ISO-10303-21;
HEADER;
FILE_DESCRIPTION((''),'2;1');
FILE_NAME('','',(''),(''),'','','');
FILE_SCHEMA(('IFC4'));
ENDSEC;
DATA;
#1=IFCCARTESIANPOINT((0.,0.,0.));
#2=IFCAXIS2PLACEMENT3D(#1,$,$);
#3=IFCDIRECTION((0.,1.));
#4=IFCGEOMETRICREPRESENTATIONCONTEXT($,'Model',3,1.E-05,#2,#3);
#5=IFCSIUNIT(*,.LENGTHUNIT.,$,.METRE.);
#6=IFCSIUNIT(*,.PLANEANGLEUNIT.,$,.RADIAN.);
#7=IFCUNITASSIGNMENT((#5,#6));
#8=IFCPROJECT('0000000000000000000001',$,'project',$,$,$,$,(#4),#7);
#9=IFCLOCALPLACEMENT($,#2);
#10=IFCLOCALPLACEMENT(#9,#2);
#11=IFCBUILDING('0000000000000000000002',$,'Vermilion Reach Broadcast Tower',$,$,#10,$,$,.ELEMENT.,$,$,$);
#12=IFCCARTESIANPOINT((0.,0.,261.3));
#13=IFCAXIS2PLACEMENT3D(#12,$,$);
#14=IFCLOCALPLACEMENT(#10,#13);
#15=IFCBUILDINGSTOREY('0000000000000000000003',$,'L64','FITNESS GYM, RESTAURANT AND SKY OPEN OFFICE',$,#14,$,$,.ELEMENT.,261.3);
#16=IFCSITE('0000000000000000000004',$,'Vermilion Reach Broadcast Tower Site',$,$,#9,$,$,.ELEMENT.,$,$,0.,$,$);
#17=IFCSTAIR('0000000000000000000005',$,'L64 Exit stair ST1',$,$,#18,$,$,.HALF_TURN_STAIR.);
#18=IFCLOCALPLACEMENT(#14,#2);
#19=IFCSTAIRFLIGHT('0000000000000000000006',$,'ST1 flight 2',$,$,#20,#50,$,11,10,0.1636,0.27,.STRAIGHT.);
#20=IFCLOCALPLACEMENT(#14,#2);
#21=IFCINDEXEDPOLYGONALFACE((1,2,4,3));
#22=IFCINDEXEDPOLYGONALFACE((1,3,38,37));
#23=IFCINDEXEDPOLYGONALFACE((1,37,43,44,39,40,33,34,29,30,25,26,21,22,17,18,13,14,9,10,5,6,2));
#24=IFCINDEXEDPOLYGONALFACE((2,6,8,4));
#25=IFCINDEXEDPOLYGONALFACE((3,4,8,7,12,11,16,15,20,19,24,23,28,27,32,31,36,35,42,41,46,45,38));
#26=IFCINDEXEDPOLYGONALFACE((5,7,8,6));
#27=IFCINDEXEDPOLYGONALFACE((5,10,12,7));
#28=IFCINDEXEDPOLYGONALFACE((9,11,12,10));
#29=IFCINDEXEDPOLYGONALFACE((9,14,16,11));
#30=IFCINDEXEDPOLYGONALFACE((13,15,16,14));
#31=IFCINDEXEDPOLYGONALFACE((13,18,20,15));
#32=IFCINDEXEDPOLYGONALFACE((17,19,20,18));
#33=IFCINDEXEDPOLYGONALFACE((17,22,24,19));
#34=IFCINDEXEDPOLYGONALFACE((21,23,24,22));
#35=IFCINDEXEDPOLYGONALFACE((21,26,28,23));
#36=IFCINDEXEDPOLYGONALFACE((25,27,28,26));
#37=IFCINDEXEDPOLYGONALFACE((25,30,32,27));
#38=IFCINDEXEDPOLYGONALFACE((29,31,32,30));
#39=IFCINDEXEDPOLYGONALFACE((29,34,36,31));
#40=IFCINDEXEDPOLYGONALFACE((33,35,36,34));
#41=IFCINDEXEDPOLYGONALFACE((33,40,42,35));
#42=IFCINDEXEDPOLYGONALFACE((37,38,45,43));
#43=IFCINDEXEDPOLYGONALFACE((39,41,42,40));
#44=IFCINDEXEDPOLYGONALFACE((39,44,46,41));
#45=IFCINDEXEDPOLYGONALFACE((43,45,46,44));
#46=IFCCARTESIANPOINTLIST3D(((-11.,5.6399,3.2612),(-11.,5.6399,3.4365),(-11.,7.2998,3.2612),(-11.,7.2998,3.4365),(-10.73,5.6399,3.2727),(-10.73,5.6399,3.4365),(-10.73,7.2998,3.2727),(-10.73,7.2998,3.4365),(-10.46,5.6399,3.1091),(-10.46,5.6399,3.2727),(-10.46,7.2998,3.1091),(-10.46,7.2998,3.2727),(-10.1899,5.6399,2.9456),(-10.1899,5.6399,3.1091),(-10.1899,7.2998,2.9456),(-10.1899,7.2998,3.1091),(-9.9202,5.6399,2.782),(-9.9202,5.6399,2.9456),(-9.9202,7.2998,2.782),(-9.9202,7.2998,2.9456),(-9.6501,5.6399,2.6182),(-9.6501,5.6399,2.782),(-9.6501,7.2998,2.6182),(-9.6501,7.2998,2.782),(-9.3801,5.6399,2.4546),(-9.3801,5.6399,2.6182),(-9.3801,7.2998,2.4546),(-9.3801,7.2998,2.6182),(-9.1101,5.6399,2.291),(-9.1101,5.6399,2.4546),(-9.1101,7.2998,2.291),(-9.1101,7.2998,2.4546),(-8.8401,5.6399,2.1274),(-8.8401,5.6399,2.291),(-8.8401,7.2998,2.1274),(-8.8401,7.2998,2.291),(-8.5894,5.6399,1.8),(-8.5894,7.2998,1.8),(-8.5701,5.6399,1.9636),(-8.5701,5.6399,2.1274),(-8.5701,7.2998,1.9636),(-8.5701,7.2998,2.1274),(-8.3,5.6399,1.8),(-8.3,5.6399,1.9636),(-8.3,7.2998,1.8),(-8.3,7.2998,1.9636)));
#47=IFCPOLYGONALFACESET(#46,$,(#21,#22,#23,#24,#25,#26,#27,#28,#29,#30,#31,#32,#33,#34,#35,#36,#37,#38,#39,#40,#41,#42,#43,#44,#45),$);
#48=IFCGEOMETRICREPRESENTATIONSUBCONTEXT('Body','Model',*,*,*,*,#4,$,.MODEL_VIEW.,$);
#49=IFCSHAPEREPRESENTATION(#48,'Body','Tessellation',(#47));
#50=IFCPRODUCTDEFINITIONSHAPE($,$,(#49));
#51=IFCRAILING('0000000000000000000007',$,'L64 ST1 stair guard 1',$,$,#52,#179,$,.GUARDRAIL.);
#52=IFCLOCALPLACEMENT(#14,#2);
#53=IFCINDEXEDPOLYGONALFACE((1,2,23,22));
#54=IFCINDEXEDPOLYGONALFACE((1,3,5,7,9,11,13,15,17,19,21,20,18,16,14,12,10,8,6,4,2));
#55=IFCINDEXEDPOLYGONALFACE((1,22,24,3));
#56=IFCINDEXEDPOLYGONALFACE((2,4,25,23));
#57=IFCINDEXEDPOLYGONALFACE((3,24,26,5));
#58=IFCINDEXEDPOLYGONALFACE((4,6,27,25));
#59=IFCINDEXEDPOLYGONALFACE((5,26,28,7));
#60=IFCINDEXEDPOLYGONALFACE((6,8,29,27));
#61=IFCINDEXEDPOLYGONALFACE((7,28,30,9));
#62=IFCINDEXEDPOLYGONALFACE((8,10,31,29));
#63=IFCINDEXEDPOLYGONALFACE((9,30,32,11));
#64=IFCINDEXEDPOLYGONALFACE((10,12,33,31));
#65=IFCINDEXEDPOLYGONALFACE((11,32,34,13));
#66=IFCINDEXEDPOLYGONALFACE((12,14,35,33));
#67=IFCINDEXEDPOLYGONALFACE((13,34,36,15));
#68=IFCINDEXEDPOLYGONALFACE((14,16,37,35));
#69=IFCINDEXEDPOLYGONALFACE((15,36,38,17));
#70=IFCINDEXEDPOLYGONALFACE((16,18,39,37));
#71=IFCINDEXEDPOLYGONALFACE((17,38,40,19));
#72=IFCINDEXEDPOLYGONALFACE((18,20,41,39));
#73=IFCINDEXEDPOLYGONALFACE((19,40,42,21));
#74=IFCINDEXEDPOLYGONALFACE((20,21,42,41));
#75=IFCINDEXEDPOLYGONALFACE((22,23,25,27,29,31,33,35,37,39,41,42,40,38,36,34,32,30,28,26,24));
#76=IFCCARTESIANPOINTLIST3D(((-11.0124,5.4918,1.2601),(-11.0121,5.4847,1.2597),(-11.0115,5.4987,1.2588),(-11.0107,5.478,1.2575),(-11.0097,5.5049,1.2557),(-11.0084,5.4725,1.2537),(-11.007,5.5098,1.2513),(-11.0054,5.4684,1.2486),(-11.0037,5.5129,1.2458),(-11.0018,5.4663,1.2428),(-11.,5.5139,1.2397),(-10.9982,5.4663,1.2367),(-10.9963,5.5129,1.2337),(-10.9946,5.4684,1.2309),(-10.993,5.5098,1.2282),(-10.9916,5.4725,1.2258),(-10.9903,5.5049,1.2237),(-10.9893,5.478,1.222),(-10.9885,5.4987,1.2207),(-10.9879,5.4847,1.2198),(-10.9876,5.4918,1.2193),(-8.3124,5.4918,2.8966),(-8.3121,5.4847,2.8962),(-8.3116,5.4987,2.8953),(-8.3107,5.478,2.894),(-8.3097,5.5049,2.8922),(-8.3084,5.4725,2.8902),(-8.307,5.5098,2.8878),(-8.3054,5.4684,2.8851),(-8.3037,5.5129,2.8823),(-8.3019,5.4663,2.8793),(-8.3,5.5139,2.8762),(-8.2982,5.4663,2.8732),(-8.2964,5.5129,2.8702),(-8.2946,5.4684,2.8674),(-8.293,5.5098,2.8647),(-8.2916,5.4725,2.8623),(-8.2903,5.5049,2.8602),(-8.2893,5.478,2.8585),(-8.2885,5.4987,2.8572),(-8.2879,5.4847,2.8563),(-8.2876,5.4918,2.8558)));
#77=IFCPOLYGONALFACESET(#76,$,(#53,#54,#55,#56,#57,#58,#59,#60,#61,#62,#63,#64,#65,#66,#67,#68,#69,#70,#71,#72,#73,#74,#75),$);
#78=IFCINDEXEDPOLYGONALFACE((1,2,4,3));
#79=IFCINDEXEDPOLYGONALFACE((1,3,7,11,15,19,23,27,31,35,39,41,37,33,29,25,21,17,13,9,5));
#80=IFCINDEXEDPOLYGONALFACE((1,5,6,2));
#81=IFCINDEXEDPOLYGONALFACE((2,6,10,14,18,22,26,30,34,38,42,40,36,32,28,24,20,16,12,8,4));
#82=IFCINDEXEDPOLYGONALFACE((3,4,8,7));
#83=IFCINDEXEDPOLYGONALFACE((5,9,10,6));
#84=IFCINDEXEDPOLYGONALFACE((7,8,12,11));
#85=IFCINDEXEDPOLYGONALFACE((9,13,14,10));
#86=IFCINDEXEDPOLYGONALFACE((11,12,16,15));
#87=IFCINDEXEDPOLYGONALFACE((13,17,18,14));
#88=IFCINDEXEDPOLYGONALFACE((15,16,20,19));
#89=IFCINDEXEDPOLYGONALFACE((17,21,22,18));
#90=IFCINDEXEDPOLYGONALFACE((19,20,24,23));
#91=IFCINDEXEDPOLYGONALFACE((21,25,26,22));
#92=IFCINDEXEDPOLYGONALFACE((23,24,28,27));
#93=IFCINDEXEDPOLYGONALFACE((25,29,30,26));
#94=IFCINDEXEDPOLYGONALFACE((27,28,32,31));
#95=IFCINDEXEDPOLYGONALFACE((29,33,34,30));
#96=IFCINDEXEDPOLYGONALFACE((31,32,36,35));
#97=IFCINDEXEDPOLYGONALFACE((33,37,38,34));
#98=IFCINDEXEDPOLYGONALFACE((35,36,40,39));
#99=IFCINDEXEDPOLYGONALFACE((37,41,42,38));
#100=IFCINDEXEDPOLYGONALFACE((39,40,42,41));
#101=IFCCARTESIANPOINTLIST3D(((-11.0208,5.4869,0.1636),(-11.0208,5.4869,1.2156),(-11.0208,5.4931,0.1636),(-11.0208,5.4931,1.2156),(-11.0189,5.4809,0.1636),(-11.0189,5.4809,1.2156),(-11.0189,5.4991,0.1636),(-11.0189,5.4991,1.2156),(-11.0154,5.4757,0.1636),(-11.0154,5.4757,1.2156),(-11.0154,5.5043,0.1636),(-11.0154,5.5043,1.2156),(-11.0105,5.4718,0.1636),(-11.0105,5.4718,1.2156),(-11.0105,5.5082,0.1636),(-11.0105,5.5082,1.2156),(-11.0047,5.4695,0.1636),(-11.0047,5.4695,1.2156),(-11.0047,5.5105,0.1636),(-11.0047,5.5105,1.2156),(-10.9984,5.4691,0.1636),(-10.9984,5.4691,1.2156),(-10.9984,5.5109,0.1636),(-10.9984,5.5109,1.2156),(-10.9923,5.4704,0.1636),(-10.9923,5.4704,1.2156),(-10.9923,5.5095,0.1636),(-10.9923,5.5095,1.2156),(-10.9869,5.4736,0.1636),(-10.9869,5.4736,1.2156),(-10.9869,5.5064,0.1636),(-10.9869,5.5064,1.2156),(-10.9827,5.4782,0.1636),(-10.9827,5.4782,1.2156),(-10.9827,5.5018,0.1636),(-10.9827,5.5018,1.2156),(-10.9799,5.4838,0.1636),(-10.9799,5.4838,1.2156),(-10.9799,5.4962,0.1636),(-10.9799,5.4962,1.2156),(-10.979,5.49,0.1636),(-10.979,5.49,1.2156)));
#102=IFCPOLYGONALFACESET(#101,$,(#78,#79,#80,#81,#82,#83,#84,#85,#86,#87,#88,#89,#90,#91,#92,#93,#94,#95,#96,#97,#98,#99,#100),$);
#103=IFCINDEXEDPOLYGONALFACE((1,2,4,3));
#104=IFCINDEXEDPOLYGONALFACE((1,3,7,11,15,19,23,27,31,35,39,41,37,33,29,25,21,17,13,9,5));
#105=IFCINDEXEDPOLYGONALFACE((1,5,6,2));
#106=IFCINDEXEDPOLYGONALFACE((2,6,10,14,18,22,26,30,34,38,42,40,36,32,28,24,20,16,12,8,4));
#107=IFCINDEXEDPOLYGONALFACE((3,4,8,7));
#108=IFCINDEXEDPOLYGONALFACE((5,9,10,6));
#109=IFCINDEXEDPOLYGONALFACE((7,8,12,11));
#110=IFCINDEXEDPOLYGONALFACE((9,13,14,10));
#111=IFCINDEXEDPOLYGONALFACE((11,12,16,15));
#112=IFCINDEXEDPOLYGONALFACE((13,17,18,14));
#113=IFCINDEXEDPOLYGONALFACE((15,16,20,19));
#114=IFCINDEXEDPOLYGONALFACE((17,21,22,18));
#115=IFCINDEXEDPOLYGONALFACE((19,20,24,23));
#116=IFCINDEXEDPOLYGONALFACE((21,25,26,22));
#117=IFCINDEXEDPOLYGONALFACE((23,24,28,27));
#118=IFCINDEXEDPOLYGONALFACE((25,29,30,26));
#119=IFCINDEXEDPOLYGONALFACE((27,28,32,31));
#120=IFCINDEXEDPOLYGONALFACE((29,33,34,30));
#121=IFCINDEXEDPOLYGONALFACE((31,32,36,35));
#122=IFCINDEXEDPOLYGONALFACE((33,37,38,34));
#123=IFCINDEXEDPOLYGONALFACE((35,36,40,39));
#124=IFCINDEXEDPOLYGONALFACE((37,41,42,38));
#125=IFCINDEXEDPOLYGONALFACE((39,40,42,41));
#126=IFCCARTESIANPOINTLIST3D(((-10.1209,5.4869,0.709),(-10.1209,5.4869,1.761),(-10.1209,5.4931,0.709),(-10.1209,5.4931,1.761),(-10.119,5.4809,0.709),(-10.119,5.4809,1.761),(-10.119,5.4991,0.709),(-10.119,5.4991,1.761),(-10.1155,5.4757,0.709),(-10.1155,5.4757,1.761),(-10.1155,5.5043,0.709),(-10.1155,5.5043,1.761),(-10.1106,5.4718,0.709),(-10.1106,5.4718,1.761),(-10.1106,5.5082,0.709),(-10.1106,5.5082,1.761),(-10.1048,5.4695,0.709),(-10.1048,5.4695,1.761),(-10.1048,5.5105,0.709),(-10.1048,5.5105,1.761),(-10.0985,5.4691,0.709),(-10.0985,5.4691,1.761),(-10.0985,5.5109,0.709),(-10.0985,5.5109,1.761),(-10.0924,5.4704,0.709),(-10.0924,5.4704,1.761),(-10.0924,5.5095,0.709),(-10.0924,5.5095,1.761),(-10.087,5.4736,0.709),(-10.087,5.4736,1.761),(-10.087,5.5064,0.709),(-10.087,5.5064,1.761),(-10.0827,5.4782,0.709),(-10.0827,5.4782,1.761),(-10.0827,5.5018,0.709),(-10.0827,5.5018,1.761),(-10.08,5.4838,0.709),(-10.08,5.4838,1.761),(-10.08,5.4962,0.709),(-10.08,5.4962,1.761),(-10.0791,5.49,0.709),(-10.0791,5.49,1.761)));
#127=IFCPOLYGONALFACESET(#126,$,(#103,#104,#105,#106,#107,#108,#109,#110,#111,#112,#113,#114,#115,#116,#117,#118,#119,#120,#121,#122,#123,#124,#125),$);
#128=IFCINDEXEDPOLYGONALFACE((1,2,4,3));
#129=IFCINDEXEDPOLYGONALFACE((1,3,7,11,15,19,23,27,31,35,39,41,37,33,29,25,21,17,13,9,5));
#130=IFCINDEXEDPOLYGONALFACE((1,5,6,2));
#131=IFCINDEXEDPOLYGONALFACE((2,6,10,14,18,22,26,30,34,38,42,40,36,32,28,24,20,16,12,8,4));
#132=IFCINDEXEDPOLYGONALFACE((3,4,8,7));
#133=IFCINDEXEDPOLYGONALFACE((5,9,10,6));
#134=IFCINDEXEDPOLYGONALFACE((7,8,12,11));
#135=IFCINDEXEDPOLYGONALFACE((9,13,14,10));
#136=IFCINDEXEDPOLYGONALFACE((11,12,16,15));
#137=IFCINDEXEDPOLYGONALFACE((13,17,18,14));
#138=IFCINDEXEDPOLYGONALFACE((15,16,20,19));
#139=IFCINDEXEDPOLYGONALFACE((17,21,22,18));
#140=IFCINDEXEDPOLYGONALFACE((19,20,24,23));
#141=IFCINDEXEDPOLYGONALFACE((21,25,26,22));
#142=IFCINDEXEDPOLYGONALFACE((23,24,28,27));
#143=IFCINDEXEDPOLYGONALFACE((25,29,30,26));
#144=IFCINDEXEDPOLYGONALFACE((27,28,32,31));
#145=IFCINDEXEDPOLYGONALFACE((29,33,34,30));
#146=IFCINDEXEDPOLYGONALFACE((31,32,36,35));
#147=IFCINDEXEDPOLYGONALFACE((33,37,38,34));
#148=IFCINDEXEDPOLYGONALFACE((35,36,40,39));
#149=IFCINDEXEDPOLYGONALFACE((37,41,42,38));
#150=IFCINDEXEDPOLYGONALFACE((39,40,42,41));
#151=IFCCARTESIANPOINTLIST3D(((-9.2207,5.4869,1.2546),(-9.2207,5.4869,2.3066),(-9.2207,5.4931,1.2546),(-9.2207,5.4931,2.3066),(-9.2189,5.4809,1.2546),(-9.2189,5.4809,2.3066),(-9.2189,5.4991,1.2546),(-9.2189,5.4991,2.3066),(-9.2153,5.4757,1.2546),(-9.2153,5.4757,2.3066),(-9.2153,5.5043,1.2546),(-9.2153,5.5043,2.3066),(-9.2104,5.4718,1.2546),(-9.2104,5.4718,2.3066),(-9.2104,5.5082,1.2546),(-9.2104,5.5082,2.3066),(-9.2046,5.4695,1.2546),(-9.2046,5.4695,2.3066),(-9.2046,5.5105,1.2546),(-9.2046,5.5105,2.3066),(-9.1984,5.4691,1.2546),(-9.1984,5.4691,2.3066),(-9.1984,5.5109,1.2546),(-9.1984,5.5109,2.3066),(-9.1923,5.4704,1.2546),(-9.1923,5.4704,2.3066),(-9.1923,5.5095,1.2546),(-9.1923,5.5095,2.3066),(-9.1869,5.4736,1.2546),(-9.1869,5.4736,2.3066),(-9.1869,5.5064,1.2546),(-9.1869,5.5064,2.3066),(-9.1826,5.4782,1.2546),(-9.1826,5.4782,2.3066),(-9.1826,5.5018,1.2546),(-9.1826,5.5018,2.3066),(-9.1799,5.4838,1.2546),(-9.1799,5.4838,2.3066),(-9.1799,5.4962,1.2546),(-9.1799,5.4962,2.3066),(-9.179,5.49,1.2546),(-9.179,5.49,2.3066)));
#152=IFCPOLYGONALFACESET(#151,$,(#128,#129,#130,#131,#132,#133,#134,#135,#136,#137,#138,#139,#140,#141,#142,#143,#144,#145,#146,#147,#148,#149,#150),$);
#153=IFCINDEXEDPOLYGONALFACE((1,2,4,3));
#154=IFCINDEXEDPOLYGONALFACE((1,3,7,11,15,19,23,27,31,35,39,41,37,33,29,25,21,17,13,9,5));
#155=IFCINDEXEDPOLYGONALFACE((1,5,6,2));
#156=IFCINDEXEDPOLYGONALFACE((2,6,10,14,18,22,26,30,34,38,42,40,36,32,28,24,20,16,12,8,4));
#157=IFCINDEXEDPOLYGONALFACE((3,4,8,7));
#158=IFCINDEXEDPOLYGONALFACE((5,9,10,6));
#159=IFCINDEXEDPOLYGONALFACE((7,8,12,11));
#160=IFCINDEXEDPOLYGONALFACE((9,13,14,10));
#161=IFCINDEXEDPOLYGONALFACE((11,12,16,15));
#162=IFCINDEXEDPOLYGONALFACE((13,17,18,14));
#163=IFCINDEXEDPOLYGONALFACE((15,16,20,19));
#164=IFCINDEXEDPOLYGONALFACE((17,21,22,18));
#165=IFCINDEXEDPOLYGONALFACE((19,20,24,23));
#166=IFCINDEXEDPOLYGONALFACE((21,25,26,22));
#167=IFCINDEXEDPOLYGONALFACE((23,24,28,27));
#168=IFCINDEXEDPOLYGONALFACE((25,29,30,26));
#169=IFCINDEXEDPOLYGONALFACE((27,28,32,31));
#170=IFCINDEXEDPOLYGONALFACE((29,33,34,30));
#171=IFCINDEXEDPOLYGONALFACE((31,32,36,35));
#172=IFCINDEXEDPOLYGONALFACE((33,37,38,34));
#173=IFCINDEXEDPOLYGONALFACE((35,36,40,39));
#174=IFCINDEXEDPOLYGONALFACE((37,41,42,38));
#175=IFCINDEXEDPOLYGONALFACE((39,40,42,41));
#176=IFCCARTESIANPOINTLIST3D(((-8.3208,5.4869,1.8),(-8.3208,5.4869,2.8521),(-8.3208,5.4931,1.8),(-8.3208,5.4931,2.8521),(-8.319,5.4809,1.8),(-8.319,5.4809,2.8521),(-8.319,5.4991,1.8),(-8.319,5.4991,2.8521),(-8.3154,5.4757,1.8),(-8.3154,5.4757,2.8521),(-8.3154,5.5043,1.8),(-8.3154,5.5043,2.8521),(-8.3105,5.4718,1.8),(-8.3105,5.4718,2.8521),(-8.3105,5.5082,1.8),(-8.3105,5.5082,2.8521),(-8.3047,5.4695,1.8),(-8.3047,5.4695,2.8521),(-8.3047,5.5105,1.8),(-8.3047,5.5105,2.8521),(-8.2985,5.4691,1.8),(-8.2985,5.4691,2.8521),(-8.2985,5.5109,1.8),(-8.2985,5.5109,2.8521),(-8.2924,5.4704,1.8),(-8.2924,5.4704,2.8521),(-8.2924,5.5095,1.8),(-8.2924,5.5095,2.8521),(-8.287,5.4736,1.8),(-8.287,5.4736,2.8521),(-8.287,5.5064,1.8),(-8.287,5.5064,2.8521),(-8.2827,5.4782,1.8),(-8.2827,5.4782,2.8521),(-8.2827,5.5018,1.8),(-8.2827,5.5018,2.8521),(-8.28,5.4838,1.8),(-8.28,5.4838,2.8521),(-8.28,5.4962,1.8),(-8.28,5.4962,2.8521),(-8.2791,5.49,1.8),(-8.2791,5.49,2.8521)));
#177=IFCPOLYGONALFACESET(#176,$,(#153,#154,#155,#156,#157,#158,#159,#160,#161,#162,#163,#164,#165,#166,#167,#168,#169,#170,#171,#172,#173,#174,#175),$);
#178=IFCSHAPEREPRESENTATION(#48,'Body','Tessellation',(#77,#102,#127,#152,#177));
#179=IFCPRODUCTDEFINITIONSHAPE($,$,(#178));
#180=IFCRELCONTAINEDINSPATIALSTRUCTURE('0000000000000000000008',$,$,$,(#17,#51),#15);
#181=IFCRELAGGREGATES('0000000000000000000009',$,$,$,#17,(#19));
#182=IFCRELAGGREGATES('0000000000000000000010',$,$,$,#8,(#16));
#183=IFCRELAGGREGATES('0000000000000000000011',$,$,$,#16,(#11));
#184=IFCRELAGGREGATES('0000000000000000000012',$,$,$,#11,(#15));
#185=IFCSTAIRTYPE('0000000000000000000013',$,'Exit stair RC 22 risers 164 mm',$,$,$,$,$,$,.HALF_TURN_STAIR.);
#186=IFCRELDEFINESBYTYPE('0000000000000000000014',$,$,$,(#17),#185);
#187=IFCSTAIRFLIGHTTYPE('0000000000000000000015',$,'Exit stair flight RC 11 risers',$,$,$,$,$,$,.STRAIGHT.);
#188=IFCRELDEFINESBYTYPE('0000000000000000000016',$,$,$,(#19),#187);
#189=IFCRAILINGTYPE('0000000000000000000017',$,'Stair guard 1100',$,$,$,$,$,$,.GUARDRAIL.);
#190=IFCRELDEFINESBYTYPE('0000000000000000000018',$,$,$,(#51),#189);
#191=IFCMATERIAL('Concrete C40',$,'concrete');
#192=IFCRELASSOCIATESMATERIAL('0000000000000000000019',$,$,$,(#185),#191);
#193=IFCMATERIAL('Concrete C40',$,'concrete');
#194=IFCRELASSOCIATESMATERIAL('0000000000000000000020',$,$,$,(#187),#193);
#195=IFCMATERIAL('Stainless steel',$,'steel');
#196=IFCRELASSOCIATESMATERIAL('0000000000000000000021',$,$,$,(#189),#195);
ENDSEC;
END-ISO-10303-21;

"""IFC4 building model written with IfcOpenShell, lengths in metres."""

from ifc_helpers import new_model, si_unit, direction, frame, origin, origin_2d, place, context, subcontext, project, spatial, polyline, circle, outline, extrude, material, type_object, element, aggregate, save


model = new_model("IFC4")

# Units and contexts
model_context = context("Model", 3, precision=1e-05, world=origin(), true_north=direction((0.0, 1.0)))
body_context = subcontext(model_context, "Body", "Model", "MODEL_VIEW")
ifc_project = project(units=[si_unit("LENGTHUNIT", "METRE"), si_unit("PLANEANGLEUNIT", "RADIAN")], contexts=[model_context])

# Site, building, storey
site_placement = place(None, origin())
site = spatial("IfcSite", under=ifc_project, at=site_placement, Name="Vermilion Reach Broadcast Tower Site", CompositionType="ELEMENT", RefElevation=0.0)
building_placement = place(site_placement, origin())
building = spatial("IfcBuilding", under=site, at=building_placement, Name="Vermilion Reach Broadcast Tower", CompositionType="ELEMENT")
storey_placement = place(building_placement, frame((0.0, 0.0, 261.3)))
storey = spatial("IfcBuildingStorey", under=building, at=storey_placement, Name="L64", Description="FITNESS GYM, RESTAURANT AND SKY OPEN OFFICE", CompositionType="ELEMENT", Elevation=261.3)

# Stair, stair flight
ifc_material_1 = material(Name="Concrete C40", Category="concrete")
stair_type = type_object("IfcStairType", Name="Exit stair RC 22 risers 164 mm", PredefinedType="HALF_TURN_STAIR", material=ifc_material_1)
stair_placement = place(storey_placement, origin())
stair = element("IfcStair", 1, at=stair_placement, inside=storey, type_object=stair_type, Name="L64 Exit stair ST1", PredefinedType="HALF_TURN_STAIR")
ifc_material_2 = material(Name="Concrete C40", Category="concrete")
stair_flight_type = type_object("IfcStairFlightType", Name="Exit stair flight RC 11 risers", PredefinedType="STRAIGHT", material=ifc_material_2)
stair_flight_1_placement = place(storey_placement, frame((-8.3, 6.47, 1.8), z_axis=(0.0, 0.0, 1.0), x_axis=(-1.0, 0.0, 0.0)))
stair_flight_1 = element("IfcStairFlight", 2, at=stair_flight_1_placement, type_object=stair_flight_type, Name="ST1 flight 2", NumberOfRisers=11, NumberOfTreads=10, PredefinedType="STRAIGHT", RiserHeight=0.1636, TreadLength=0.27, context=body_context, shape_type="SweptSolid", body=[
    extrude(outline(polyline([(0.0, 0.0), (0.0, 0.1636), (0.27, 0.1636), (0.27, 0.3274), (0.54, 0.3274), (0.54, 0.491), (0.8101, 0.491), (0.8101, 0.6545), (1.0801, 0.6545), (1.0801, 0.8181), (1.3501, 0.8181), (1.3501, 0.9819), (1.6201, 0.9819), (1.6201, 1.1455), (1.8899, 1.1455), (1.8899, 1.3091), (2.1599, 1.3091), (2.1599, 1.4727), (2.4299, 1.4727), (2.4299, 1.6365), (2.7, 1.6365), (2.7, 1.8), (2.7, 1.4612), (0.2893, 0.0), (0.0, 0.0)])), frame((0.0, 0.8301, 0.0), z_axis=(0.0, -1.0, 0.0), x_axis=(1.0, 0.0, 0.0)), (0.0, 0.0, 1.0), 1.6599),
])
aggregate(stair, [stair_flight_1])

# Railing
ifc_material_3 = material(Name="Stainless steel", Category="steel")
railing_type_1 = type_object("IfcRailingType", Name="Stair guard 1100", PredefinedType="GUARDRAIL", material=ifc_material_3)
railing_1_placement = place(storey_placement, frame((-11.0, 5.49, 0.1636)))
element("IfcRailing", 3, at=railing_1_placement, inside=storey, type_object=railing_type_1, Name="L64 ST1 stair guard 1", PredefinedType="GUARDRAIL", context=body_context, shape_type="SweptSolid", body=[
    extrude(circle(Radius=0.0239, at=origin_2d()), frame((0.0, 0.0, 1.0762), z_axis=(0.855178, 0.0, 0.518334), x_axis=(0.0, 1.0, 0.0)), (0.0, 0.0, 1.0), 3.1572),
    extrude(circle(Radius=0.021, at=origin_2d()), origin(), (0.0, 0.0, 1.0), 1.052),
    extrude(circle(Radius=0.021, at=origin_2d()), frame((0.8999, 0.0, 0.5454)), (0.0, 0.0, 1.0), 1.052),
    extrude(circle(Radius=0.021, at=origin_2d()), frame((1.8, 0.0, 1.0911)), (0.0, 0.0, 1.0), 1.052),
    extrude(circle(Radius=0.021, at=origin_2d()), frame((2.7, 0.0, 1.6365)), (0.0, 0.0, 1.0), 1.052),
])

save(model, "model.ifc")
